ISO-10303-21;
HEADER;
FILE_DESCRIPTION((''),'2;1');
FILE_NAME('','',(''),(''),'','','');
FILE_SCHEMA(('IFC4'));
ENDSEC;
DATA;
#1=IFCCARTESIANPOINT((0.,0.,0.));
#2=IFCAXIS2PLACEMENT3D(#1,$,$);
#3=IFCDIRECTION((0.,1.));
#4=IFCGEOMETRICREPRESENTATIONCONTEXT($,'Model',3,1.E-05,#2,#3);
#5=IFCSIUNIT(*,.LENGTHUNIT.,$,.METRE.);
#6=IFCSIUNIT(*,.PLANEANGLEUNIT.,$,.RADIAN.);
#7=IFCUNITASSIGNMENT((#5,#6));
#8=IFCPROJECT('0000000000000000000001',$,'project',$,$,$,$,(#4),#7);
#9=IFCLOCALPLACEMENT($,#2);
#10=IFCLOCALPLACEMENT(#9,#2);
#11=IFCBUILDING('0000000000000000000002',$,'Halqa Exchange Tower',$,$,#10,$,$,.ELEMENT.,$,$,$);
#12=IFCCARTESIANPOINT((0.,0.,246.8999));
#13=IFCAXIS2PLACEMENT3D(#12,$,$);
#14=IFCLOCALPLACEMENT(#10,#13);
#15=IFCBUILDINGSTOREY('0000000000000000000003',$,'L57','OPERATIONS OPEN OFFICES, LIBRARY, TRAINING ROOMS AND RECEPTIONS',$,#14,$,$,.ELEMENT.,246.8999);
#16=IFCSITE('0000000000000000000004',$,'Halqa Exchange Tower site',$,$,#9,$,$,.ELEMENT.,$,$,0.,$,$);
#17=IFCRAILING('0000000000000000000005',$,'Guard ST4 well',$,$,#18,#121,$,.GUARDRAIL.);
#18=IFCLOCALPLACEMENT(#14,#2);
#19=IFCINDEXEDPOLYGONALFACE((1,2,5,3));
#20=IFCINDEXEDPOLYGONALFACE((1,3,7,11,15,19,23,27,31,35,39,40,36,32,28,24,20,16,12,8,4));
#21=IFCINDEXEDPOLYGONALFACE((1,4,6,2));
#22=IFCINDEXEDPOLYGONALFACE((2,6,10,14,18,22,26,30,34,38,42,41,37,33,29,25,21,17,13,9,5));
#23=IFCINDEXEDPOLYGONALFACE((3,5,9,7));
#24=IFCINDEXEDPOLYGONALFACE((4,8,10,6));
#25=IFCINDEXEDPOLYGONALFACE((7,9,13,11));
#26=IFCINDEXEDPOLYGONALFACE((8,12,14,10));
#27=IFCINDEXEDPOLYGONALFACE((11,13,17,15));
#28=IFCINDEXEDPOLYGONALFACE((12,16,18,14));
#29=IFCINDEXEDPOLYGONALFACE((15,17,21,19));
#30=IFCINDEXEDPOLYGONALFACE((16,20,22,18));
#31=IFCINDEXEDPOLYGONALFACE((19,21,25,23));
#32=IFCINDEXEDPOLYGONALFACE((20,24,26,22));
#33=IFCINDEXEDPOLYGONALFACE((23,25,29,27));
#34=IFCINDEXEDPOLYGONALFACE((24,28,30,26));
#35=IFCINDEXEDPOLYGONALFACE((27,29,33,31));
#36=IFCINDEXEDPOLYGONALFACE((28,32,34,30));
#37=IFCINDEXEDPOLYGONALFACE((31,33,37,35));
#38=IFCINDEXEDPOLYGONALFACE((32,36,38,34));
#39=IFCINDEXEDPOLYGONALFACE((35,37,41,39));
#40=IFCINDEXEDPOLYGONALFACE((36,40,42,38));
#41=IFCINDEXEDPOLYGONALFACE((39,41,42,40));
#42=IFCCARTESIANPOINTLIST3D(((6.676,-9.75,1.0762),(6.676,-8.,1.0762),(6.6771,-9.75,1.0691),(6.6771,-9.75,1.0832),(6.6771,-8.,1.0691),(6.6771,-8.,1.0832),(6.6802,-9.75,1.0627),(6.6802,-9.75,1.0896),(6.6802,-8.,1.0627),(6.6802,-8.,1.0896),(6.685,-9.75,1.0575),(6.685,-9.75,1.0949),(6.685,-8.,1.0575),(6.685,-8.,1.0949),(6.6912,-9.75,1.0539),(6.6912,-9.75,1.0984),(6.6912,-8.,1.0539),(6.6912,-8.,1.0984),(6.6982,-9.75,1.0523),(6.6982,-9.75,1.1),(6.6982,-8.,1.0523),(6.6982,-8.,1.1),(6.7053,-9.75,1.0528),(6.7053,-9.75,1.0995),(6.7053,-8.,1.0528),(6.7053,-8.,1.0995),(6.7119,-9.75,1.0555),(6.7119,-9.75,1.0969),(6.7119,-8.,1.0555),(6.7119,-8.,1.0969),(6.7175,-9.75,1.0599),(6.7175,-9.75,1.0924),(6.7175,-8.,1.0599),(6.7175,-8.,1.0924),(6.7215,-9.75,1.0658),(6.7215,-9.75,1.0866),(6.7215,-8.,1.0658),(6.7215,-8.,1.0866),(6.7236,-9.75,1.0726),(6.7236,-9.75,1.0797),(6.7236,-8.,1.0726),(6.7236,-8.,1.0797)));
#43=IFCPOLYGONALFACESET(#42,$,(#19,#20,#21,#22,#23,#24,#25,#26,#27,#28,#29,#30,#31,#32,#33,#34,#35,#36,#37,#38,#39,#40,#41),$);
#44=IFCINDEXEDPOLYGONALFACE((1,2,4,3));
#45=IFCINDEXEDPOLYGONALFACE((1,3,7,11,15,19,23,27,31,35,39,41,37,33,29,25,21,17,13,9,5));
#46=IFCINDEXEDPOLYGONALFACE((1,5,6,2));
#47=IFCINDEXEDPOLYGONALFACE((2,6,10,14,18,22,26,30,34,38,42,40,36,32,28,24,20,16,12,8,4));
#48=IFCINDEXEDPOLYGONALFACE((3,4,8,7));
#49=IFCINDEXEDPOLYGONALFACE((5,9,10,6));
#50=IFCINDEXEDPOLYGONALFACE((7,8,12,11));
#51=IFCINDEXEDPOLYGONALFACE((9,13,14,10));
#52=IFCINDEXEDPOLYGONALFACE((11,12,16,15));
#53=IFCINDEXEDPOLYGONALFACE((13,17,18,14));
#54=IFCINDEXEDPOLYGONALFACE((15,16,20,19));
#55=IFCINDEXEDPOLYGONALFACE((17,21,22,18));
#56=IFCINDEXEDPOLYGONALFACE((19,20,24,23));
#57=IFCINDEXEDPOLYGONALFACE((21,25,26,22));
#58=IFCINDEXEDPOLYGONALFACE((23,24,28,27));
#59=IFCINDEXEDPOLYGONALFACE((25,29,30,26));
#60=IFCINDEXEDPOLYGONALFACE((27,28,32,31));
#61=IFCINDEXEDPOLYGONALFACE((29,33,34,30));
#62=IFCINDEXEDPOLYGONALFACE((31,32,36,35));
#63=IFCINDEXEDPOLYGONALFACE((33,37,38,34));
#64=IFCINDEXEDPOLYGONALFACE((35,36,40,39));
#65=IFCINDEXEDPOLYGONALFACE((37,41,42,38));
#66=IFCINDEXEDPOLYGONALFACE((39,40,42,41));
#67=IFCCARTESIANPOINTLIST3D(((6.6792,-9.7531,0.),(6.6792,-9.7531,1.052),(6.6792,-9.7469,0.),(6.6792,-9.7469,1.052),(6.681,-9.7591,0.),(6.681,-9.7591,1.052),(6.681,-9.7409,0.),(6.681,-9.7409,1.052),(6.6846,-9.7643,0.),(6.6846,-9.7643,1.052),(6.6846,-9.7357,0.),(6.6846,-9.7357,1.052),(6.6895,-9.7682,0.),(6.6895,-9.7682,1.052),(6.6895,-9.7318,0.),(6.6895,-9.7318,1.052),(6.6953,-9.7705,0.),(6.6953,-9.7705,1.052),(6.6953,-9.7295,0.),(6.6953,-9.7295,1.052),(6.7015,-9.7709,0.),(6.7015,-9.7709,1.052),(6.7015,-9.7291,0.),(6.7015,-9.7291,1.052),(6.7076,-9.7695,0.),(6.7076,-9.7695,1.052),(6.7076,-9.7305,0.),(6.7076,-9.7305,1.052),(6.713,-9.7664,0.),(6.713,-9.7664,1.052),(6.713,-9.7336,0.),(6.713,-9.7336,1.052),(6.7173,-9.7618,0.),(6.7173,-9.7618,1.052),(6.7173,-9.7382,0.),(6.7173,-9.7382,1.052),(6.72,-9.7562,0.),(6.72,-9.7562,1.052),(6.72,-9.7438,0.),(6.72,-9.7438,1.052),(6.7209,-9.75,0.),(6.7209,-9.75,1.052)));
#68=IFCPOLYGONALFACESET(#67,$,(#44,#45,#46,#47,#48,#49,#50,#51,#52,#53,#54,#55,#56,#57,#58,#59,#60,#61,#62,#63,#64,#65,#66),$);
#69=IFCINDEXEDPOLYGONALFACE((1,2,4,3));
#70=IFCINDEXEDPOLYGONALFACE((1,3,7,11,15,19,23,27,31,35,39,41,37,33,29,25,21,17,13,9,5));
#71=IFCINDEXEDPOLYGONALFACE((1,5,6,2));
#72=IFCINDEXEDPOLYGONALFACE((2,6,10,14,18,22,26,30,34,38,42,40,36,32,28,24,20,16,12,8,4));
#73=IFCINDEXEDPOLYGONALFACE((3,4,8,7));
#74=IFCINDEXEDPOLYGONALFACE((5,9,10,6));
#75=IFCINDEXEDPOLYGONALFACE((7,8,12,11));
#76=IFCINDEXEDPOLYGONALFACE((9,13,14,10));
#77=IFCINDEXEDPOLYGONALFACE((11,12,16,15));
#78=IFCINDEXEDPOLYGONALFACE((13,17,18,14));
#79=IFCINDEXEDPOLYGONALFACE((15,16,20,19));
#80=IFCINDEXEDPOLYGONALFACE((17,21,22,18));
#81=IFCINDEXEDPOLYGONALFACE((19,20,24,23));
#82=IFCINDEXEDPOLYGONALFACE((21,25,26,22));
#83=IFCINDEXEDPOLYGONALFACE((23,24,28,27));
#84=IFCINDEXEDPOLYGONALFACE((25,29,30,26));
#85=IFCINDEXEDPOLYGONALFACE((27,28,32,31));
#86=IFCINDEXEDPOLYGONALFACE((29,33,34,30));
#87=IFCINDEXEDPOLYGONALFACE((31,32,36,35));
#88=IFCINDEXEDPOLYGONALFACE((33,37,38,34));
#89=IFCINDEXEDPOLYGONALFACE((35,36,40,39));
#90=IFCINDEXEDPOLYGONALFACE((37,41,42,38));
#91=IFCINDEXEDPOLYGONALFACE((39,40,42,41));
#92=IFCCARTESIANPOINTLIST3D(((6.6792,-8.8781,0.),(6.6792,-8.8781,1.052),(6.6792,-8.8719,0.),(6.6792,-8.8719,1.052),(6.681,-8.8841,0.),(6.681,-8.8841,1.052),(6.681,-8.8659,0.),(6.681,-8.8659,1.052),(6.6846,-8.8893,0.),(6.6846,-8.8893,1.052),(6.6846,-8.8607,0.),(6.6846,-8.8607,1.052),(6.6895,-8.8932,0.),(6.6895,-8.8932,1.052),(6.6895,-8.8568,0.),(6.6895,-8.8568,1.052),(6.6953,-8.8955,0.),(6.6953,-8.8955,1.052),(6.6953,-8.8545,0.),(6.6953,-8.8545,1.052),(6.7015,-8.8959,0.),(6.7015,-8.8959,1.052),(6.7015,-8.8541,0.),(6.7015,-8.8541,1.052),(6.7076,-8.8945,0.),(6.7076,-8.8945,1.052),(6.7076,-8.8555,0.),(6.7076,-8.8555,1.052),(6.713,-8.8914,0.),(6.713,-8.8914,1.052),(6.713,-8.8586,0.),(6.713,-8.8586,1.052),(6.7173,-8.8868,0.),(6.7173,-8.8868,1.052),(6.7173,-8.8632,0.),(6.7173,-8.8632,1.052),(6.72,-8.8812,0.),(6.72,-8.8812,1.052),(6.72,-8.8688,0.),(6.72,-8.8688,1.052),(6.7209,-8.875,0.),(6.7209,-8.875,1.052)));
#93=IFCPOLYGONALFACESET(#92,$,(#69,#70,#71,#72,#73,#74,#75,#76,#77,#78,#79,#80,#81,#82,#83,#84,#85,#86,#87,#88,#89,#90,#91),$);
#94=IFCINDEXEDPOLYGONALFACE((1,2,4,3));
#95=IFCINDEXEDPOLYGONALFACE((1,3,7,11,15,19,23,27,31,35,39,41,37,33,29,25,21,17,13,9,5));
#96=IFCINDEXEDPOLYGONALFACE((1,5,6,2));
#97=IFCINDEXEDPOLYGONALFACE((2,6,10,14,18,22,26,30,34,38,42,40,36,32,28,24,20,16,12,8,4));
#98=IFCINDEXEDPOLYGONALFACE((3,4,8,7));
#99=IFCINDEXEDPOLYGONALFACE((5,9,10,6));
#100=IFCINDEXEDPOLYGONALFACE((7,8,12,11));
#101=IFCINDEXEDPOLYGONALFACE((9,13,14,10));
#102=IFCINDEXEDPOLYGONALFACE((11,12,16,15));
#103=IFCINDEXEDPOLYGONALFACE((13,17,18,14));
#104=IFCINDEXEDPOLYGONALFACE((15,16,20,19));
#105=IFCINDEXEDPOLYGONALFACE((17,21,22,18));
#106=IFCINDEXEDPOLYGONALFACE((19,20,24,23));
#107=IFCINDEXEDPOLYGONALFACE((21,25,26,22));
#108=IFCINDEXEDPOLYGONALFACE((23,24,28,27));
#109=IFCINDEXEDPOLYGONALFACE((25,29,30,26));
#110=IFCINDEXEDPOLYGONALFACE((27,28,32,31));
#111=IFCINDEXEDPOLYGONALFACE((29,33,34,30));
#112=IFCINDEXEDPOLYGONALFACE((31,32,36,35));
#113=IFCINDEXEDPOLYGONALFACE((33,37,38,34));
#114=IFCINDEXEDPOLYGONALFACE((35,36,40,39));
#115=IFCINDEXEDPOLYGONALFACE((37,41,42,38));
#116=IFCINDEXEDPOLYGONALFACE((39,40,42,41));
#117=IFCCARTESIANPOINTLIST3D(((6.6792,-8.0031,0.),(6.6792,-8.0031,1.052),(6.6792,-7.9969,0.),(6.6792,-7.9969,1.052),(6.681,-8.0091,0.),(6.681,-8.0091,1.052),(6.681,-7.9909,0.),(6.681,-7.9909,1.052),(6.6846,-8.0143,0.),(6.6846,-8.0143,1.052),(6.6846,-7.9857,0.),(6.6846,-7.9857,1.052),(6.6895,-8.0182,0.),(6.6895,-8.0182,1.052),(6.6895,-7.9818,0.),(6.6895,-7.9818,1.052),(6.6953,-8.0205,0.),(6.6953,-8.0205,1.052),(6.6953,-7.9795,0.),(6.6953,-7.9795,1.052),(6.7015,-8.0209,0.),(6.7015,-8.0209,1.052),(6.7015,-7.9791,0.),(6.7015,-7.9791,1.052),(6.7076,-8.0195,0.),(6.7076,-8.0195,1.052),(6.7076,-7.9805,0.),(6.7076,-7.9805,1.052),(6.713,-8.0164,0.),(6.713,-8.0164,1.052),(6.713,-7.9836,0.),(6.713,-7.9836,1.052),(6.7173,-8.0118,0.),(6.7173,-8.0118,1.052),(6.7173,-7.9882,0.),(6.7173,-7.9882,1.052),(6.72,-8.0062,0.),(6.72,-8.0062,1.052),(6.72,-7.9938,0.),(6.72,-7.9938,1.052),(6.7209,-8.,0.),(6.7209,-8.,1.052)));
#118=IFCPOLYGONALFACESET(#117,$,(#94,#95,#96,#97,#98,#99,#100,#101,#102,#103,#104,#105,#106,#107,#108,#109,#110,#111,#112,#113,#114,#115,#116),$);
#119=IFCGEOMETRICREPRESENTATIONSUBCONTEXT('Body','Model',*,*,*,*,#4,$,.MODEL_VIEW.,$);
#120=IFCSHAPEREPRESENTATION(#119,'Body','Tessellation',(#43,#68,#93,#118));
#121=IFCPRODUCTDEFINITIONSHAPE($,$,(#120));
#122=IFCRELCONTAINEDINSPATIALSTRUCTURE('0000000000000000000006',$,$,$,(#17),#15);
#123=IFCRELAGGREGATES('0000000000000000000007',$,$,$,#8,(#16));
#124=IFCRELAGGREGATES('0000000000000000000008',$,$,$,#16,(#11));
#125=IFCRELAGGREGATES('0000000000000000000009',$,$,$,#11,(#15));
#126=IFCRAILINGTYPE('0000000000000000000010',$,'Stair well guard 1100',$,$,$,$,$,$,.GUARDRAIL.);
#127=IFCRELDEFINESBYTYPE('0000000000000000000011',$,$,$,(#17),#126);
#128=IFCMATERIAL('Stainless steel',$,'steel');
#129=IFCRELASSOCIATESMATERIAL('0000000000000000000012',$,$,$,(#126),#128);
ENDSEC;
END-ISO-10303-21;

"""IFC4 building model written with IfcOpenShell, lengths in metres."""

from ifc_helpers import new_model, si_unit, direction, frame, origin, origin_2d, place, context, subcontext, project, spatial, circle, extrude, material, type_object, element, save


model = new_model("IFC4")

# Units and contexts
model_context = context("Model", 3, precision=1e-05, world=origin(), true_north=direction((0.0, 1.0)))
body_context = subcontext(model_context, "Body", "Model", "MODEL_VIEW")
ifc_project = project(units=[si_unit("LENGTHUNIT", "METRE"), si_unit("PLANEANGLEUNIT", "RADIAN")], contexts=[model_context])

# Site, building, storey
site_placement = place(None, origin())
site = spatial("IfcSite", under=ifc_project, at=site_placement, Name="Halqa Exchange Tower site", CompositionType="ELEMENT", RefElevation=0.0)
building_placement = place(site_placement, origin())
building = spatial("IfcBuilding", under=site, at=building_placement, Name="Halqa Exchange Tower", CompositionType="ELEMENT")
storey_placement = place(building_placement, frame((0.0, 0.0, 246.8999)))
storey = spatial("IfcBuildingStorey", under=building, at=storey_placement, Name="L57", Description="OPERATIONS OPEN OFFICES, LIBRARY, TRAINING ROOMS AND RECEPTIONS", CompositionType="ELEMENT", Elevation=246.8999)

# Railing
ifc_material_1 = material(Name="Stainless steel", Category="steel")
railing_type_1 = type_object("IfcRailingType", Name="Stair well guard 1100", PredefinedType="GUARDRAIL", material=ifc_material_1)
railing_1_placement = place(storey_placement, frame((6.7, -9.75, 0.0)))
element("IfcRailing", 1, at=railing_1_placement, inside=storey, type_object=railing_type_1, Name="Guard ST4 well", PredefinedType="GUARDRAIL", context=body_context, shape_type="SweptSolid", body=[
    extrude(circle(Radius=0.0239, at=origin_2d()), frame((0.0, 0.0, 1.0762), z_axis=(0.0, 1.0, 0.0), x_axis=(-1.0, 0.0, 0.0)), (0.0, 0.0, 1.0), 1.75),
    extrude(circle(Radius=0.021, at=origin_2d()), origin(), (0.0, 0.0, 1.0), 1.052),
    extrude(circle(Radius=0.021, at=origin_2d()), frame((0.0, 0.875, 0.0)), (0.0, 0.0, 1.0), 1.052),
    extrude(circle(Radius=0.021, at=origin_2d()), frame((0.0, 1.75, 0.0)), (0.0, 0.0, 1.0), 1.052),
])

save(model, "model.ifc")
